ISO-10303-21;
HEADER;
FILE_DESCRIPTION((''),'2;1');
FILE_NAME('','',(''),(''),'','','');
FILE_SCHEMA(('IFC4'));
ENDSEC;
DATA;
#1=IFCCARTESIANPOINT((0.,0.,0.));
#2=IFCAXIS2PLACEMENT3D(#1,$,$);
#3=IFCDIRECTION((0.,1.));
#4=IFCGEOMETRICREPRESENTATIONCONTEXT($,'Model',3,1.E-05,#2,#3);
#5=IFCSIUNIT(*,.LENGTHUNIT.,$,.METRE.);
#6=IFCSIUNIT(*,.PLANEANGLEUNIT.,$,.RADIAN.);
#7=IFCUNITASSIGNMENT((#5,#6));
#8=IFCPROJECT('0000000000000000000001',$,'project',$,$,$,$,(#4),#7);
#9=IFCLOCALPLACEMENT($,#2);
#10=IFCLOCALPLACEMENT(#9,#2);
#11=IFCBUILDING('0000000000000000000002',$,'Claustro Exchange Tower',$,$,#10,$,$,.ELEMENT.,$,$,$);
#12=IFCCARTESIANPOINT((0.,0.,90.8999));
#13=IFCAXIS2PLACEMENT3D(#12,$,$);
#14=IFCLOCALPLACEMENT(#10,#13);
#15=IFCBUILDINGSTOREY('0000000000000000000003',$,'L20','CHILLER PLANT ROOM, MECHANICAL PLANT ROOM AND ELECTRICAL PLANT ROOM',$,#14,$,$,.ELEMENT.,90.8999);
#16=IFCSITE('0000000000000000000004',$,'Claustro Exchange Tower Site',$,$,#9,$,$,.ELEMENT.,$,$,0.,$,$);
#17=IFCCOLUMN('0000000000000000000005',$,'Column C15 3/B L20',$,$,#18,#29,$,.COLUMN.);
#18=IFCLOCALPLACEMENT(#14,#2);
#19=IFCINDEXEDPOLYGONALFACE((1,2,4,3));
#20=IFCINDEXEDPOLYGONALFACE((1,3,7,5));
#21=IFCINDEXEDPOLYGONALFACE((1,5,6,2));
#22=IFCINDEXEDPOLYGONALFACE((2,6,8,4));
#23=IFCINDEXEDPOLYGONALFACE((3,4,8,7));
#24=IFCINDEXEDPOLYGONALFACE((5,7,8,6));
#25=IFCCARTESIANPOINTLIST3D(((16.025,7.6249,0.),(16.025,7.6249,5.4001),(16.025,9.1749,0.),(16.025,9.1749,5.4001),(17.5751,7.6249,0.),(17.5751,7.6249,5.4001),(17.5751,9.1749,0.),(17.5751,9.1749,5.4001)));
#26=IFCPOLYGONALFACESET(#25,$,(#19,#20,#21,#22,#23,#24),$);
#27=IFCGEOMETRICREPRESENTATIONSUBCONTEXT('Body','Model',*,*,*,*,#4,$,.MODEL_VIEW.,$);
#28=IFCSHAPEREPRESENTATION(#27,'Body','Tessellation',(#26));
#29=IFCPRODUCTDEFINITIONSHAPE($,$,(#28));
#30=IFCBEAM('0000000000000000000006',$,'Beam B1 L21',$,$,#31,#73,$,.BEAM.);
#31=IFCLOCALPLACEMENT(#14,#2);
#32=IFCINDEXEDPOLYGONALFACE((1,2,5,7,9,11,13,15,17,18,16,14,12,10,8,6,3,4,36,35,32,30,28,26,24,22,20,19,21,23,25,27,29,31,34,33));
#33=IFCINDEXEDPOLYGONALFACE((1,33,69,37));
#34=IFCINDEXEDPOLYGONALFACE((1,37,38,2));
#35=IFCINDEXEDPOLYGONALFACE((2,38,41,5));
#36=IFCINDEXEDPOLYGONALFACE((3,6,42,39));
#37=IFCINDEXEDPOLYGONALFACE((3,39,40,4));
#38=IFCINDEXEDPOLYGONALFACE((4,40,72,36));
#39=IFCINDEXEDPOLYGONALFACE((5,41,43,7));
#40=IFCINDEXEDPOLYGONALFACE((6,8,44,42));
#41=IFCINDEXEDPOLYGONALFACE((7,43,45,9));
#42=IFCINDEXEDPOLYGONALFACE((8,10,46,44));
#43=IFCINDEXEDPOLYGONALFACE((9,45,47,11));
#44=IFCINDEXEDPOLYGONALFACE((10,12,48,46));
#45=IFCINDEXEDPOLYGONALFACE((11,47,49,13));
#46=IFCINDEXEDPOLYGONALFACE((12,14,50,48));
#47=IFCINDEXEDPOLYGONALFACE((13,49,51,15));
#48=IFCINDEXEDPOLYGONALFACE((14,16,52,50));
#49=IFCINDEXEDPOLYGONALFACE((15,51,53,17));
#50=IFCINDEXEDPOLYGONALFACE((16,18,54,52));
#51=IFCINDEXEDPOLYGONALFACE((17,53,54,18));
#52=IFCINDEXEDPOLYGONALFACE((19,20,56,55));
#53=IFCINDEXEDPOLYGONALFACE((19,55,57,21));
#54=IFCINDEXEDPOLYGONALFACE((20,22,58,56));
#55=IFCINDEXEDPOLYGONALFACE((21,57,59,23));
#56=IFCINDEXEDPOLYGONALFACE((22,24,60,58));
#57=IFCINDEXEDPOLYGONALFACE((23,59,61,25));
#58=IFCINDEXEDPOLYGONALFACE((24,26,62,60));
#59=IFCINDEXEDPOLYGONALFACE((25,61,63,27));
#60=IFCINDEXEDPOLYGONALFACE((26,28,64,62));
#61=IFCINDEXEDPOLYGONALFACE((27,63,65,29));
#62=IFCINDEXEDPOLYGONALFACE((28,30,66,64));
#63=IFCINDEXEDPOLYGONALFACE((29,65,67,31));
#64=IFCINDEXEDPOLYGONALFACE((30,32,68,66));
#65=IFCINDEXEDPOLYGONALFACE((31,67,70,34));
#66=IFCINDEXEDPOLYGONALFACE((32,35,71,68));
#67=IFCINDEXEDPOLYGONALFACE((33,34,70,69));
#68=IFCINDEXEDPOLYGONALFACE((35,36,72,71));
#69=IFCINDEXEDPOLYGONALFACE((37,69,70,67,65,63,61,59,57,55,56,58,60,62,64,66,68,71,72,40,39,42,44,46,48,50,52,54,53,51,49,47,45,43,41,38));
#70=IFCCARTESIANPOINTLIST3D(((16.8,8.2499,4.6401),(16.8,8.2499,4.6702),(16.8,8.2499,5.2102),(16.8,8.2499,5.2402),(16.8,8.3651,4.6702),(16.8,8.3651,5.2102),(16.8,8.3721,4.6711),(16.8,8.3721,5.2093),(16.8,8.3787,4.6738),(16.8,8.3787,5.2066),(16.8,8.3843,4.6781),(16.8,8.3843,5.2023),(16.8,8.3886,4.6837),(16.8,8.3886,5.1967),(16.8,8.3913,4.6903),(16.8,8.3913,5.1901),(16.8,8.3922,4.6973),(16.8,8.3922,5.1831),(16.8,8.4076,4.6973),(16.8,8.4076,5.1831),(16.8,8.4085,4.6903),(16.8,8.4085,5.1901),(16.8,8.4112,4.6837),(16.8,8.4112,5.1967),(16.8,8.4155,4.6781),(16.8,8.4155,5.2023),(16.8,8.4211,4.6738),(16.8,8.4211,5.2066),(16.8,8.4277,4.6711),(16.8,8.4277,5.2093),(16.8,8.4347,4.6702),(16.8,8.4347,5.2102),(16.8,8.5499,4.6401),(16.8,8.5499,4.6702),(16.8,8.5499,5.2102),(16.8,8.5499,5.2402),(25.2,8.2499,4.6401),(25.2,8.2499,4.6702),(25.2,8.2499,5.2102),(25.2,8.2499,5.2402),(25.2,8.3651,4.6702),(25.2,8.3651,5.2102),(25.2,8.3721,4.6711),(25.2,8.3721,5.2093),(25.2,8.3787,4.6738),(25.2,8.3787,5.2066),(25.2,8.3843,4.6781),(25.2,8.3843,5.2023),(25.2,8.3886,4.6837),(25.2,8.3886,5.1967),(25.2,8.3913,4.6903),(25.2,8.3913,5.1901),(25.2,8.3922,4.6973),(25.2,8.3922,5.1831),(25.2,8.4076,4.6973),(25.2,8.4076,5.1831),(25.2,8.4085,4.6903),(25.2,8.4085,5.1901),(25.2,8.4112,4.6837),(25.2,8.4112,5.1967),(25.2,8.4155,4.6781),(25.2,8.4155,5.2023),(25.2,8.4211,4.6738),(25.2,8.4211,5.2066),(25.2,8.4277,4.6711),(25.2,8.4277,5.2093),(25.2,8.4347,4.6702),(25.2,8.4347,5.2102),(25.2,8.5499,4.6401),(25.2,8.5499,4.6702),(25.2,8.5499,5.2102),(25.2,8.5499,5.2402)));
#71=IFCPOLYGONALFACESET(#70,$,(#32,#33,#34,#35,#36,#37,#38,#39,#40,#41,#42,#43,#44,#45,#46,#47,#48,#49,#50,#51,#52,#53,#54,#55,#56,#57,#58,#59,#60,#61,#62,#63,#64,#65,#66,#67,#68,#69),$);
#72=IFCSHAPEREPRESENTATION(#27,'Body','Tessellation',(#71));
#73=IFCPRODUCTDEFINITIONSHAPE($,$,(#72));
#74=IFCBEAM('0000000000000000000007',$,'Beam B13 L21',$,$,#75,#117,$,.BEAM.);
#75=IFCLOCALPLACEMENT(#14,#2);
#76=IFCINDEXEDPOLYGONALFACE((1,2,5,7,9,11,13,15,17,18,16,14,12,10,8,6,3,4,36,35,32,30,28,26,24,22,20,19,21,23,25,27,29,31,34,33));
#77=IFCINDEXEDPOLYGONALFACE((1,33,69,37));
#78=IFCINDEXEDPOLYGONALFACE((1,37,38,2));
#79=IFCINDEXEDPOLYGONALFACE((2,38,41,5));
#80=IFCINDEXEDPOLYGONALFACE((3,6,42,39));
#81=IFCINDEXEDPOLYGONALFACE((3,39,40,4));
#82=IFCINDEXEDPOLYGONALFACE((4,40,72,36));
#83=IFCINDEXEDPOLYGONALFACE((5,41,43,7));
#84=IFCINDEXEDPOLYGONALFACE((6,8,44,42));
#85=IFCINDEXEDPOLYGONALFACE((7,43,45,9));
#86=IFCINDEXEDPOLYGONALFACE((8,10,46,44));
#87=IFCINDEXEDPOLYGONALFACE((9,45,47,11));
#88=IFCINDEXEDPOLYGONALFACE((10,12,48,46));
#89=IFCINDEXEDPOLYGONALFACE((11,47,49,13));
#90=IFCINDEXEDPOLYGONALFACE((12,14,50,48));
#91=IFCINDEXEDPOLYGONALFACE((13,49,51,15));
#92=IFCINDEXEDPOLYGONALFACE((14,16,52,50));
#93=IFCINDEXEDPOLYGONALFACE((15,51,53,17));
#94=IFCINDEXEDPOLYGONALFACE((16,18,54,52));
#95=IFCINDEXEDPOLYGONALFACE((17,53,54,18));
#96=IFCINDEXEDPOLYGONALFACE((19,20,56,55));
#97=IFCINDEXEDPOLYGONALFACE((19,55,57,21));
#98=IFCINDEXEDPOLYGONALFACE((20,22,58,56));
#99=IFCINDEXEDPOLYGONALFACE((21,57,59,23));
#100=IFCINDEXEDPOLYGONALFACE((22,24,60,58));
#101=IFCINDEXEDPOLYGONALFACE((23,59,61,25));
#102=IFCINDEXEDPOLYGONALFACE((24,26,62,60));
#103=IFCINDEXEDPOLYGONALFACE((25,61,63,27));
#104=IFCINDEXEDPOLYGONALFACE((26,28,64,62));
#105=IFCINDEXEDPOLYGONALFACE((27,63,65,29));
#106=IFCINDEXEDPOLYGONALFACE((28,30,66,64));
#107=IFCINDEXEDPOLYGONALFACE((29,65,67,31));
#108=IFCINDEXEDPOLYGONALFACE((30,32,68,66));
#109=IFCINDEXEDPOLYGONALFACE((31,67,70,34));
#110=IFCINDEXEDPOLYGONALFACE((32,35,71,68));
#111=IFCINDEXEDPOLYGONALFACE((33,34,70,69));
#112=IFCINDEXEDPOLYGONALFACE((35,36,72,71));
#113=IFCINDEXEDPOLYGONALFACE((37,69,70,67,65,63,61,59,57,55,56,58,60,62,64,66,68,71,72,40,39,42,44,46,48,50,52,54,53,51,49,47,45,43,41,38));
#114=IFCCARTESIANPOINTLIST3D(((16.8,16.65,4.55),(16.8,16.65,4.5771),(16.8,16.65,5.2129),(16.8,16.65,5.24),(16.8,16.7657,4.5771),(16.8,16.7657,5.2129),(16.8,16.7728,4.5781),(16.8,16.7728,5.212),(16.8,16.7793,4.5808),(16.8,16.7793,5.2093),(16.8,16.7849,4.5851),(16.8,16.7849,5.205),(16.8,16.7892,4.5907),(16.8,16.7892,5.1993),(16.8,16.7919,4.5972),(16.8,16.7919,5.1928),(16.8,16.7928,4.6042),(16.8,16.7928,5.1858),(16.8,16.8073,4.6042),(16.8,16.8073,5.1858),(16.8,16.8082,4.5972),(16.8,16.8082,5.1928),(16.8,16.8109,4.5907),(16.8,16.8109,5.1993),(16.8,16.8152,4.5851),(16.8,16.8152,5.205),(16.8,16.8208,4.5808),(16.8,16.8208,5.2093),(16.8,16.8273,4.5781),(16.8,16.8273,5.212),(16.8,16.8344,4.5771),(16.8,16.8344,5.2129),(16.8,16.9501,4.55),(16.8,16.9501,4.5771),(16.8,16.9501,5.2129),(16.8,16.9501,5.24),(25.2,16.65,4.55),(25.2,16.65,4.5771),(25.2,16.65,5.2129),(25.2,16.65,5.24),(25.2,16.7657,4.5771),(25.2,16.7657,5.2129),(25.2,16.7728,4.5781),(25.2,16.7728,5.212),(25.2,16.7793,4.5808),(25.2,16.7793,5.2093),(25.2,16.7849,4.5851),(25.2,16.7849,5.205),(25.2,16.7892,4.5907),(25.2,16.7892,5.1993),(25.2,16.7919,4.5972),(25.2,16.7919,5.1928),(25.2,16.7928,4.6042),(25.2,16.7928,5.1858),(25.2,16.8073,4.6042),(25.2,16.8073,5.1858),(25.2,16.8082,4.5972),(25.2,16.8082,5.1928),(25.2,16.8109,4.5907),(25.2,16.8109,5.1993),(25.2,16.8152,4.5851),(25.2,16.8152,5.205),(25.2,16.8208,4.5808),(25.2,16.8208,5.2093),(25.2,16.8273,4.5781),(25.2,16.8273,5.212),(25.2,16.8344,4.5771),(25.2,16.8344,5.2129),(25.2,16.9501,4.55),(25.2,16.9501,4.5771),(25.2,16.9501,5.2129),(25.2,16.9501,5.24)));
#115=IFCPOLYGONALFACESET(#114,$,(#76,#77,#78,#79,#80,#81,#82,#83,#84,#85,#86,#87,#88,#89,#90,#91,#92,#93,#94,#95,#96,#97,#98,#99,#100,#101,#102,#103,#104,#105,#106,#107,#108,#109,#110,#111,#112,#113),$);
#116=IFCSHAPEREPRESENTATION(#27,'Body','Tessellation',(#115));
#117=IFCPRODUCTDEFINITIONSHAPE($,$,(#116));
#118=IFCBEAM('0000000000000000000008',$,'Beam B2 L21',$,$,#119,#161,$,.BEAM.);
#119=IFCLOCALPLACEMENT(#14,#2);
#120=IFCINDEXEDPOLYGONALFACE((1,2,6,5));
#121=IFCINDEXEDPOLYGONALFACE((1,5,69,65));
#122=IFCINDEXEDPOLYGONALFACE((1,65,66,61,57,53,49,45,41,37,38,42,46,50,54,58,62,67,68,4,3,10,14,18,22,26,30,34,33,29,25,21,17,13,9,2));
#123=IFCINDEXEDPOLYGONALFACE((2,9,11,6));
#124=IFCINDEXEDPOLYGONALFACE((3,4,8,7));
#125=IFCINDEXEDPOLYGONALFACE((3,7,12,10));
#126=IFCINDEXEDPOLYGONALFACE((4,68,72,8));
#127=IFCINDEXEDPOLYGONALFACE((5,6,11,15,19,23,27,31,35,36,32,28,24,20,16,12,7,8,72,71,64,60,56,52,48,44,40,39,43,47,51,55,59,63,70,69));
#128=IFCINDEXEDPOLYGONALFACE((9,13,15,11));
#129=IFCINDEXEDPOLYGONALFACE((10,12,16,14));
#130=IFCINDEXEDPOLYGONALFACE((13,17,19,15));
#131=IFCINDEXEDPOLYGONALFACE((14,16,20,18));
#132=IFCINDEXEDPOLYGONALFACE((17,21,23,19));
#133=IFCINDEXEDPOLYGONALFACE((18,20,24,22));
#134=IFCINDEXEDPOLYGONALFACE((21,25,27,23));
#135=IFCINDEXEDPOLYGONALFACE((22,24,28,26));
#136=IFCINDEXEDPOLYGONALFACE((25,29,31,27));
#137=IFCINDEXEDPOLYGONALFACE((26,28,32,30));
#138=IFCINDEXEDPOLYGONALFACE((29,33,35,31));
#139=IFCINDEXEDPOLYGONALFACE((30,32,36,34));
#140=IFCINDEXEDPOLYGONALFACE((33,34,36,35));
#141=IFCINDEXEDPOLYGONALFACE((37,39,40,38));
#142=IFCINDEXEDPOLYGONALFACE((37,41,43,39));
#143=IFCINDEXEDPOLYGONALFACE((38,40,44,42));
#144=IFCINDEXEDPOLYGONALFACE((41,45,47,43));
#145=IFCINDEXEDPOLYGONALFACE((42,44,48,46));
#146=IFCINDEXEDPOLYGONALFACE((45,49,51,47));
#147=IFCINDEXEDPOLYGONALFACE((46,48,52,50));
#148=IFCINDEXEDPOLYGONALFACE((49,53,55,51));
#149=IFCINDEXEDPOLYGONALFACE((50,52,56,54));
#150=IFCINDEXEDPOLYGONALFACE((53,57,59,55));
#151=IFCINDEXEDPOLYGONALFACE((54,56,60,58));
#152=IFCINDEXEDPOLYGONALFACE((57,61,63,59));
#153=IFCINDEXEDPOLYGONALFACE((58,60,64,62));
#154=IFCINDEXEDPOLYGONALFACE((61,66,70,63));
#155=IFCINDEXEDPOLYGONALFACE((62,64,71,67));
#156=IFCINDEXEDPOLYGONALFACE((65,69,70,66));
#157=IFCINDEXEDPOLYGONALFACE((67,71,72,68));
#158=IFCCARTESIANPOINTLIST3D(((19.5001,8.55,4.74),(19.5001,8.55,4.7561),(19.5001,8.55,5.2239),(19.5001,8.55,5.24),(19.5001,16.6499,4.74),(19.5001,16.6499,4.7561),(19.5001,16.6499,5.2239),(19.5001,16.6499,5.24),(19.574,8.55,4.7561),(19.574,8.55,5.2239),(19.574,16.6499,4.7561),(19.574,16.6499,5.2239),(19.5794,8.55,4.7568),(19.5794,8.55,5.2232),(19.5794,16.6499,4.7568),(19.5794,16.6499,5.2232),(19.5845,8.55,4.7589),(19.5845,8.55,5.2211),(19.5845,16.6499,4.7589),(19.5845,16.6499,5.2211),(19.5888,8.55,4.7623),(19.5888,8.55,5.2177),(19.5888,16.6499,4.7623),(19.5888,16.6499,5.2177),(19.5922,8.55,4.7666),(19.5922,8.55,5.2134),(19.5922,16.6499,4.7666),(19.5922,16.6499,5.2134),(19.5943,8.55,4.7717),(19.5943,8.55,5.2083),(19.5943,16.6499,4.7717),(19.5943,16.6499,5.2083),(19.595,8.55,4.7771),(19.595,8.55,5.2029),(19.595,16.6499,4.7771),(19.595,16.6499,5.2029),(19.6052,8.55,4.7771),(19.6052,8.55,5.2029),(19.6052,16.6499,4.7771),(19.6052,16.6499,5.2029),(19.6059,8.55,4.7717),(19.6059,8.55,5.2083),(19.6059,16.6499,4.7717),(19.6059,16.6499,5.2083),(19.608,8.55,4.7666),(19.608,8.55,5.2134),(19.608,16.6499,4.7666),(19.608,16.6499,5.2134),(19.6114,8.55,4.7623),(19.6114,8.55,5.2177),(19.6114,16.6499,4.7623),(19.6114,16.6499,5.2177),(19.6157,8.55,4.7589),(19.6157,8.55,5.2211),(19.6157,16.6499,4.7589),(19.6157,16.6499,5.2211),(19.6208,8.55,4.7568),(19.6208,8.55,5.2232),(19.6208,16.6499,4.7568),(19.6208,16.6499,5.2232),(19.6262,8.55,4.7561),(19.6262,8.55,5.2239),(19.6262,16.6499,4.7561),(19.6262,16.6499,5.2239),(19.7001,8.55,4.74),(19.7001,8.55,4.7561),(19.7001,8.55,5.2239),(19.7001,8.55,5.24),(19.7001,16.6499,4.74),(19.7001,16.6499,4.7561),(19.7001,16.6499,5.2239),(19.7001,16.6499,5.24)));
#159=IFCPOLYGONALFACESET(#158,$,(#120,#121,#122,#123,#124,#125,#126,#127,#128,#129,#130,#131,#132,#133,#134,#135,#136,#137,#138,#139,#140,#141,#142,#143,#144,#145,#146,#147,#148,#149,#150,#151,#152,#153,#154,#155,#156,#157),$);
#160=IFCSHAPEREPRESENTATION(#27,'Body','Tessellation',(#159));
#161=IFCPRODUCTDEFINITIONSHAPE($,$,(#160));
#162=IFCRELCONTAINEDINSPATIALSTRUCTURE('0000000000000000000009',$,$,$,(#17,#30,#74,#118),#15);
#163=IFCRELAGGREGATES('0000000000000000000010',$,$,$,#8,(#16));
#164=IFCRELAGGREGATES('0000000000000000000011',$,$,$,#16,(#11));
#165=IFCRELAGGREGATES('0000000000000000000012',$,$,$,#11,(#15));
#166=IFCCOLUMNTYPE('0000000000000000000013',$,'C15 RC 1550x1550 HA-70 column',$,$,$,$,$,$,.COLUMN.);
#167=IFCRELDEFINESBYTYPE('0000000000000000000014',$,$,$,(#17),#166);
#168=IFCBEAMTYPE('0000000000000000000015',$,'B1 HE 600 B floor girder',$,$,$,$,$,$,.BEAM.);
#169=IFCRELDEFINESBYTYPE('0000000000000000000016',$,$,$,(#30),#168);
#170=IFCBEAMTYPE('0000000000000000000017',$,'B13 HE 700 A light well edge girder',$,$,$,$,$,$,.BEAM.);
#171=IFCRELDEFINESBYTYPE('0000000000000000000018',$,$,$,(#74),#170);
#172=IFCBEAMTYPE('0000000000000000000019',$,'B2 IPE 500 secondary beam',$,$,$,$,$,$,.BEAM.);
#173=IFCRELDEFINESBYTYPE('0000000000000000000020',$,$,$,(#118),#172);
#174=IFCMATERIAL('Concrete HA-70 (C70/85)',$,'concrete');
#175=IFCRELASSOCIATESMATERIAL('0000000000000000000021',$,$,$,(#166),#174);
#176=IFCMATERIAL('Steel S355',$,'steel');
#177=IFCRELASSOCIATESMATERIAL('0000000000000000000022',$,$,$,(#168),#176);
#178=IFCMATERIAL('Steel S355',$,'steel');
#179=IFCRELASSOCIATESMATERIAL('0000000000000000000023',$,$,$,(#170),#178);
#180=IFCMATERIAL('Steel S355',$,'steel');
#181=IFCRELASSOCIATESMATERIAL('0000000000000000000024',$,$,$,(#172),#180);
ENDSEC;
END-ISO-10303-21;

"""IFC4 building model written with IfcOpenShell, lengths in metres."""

from ifc_helpers import new_model, si_unit, direction, frame, origin, origin_2d, place, context, subcontext, project, spatial, rectangle, i_section, extrude, material, material_profile, profile_set, type_object, element, save


model = new_model("IFC4")

# Units and contexts
model_context = context("Model", 3, precision=1e-05, world=origin(), true_north=direction((0.0, 1.0)))
body_context = subcontext(model_context, "Body", "Model", "MODEL_VIEW")
ifc_project = project(units=[si_unit("LENGTHUNIT", "METRE"), si_unit("PLANEANGLEUNIT", "RADIAN")], contexts=[model_context])

# Site, building, storey
site_placement = place(None, origin())
site = spatial("IfcSite", under=ifc_project, at=site_placement, Name="Claustro Exchange Tower Site", CompositionType="ELEMENT", RefElevation=0.0)
building_placement = place(site_placement, origin())
building = spatial("IfcBuilding", under=site, at=building_placement, Name="Claustro Exchange Tower", CompositionType="ELEMENT")
storey_placement = place(building_placement, frame((0.0, 0.0, 90.8999)))
storey = spatial("IfcBuildingStorey", under=building, at=storey_placement, Name="L20", Description="CHILLER PLANT ROOM, MECHANICAL PLANT ROOM AND ELECTRICAL PLANT ROOM", CompositionType="ELEMENT", Elevation=90.8999)

# Column
ifc_material_1 = material(Name="Concrete HA-70 (C70/85)", Category="concrete")
ifc_material_profile_1 = material_profile(ifc_material_1, rectangle(XDim=1.55, YDim=1.55, at=origin_2d()), Name="RC 1550x1550")
ifc_profile_set_1 = profile_set([ifc_material_profile_1], Name="Concrete HA-70 (C70/85)")
column_type = type_object("IfcColumnType", Name="C15 RC 1550x1550 HA-70 column", PredefinedType="COLUMN", material=ifc_profile_set_1)
column_placement = place(storey_placement, frame((16.8, 8.3999, 0.0), z_axis=(0.0, 0.0, 1.0), x_axis=(1.0, 0.0, 0.0)))
element("IfcColumn", 1, at=column_placement, inside=storey, type_object=column_type, Name="Column C15 3/B L20", PredefinedType="COLUMN", context=body_context, shape_type="SweptSolid", body=[
    extrude(rectangle(XDim=1.55, YDim=1.55, at=origin_2d()), origin(), (0.0, 0.0, 1.0), 5.4001),
])

# Beams
ifc_material_2 = material(Name="Steel S355", Category="steel")
ifc_material_profile_2 = material_profile(ifc_material_2, i_section(OverallWidth=0.3, OverallDepth=0.6001, WebThickness=0.0154, FlangeThickness=0.03, FilletRadius=0.0271, at=origin_2d()), Name="HE 600 B")
ifc_profile_set_2 = profile_set([ifc_material_profile_2], Name="Steel S355")
beam_type_1 = type_object("IfcBeamType", Name="B1 HE 600 B floor girder", PredefinedType="BEAM", material=ifc_profile_set_2)
beam_1_placement = place(storey_placement, frame((16.8, 8.3999, 4.9402), z_axis=(1.0, 0.0, 0.0), x_axis=(0.0, 1.0, 0.0)))
element("IfcBeam", 2, at=beam_1_placement, inside=storey, type_object=beam_type_1, Name="Beam B1 L21", PredefinedType="BEAM", context=body_context, shape_type="SweptSolid", body=[
    extrude(i_section(OverallWidth=0.3, OverallDepth=0.6001, WebThickness=0.0154, FlangeThickness=0.03, FilletRadius=0.0271, at=origin_2d()), origin(), (0.0, 0.0, 1.0), 8.3999),
])
ifc_material_3 = material(Name="Steel S355", Category="steel")
ifc_material_profile_3 = material_profile(ifc_material_3, i_section(OverallWidth=0.3, OverallDepth=0.6899, WebThickness=0.0144, FlangeThickness=0.0271, FilletRadius=0.0271, at=origin_2d()), Name="HE 700 A")
ifc_profile_set_3 = profile_set([ifc_material_profile_3], Name="Steel S355")
beam_type_2 = type_object("IfcBeamType", Name="B13 HE 700 A light well edge girder", PredefinedType="BEAM", material=ifc_profile_set_3)
beam_2_placement = place(storey_placement, frame((16.8, 16.8, 4.895), z_axis=(1.0, 0.0, 0.0), x_axis=(0.0, 1.0, 0.0)))
element("IfcBeam", 3, at=beam_2_placement, inside=storey, type_object=beam_type_2, Name="Beam B13 L21", PredefinedType="BEAM", context=body_context, shape_type="SweptSolid", body=[
    extrude(i_section(OverallWidth=0.3, OverallDepth=0.6899, WebThickness=0.0144, FlangeThickness=0.0271, FilletRadius=0.0271, at=origin_2d()), origin(), (0.0, 0.0, 1.0), 8.3999),
])
ifc_material_4 = material(Name="Steel S355", Category="steel")
ifc_material_profile_4 = material_profile(ifc_material_4, i_section(OverallWidth=0.2, OverallDepth=0.5, WebThickness=0.0103, FlangeThickness=0.0161, FilletRadius=0.021, at=origin_2d()), Name="IPE 500")
ifc_profile_set_4 = profile_set([ifc_material_profile_4], Name="Steel S355")
beam_type_3 = type_object("IfcBeamType", Name="B2 IPE 500 secondary beam", PredefinedType="BEAM", material=ifc_profile_set_4)
for number, where, z_axis, x_axis, name in (
    (4, (19.6001, 8.55, 4.99), (0.0, 1.0, 0.0), (-1.0, 0.0, 0.0), "Beam B2 L21"),
):
    element("IfcBeam", number, at=place(storey_placement, frame(where, z_axis=z_axis, x_axis=x_axis)), inside=storey, type_object=beam_type_3, Name=name, PredefinedType="BEAM", context=body_context, shape_type="SweptSolid", body=[
        extrude(i_section(OverallWidth=0.2, OverallDepth=0.5, WebThickness=0.0103, FlangeThickness=0.0161, FilletRadius=0.021, at=origin_2d()), origin(), (0.0, 0.0, 1.0), 8.0999),
    ])

save(model, "model.ifc")
